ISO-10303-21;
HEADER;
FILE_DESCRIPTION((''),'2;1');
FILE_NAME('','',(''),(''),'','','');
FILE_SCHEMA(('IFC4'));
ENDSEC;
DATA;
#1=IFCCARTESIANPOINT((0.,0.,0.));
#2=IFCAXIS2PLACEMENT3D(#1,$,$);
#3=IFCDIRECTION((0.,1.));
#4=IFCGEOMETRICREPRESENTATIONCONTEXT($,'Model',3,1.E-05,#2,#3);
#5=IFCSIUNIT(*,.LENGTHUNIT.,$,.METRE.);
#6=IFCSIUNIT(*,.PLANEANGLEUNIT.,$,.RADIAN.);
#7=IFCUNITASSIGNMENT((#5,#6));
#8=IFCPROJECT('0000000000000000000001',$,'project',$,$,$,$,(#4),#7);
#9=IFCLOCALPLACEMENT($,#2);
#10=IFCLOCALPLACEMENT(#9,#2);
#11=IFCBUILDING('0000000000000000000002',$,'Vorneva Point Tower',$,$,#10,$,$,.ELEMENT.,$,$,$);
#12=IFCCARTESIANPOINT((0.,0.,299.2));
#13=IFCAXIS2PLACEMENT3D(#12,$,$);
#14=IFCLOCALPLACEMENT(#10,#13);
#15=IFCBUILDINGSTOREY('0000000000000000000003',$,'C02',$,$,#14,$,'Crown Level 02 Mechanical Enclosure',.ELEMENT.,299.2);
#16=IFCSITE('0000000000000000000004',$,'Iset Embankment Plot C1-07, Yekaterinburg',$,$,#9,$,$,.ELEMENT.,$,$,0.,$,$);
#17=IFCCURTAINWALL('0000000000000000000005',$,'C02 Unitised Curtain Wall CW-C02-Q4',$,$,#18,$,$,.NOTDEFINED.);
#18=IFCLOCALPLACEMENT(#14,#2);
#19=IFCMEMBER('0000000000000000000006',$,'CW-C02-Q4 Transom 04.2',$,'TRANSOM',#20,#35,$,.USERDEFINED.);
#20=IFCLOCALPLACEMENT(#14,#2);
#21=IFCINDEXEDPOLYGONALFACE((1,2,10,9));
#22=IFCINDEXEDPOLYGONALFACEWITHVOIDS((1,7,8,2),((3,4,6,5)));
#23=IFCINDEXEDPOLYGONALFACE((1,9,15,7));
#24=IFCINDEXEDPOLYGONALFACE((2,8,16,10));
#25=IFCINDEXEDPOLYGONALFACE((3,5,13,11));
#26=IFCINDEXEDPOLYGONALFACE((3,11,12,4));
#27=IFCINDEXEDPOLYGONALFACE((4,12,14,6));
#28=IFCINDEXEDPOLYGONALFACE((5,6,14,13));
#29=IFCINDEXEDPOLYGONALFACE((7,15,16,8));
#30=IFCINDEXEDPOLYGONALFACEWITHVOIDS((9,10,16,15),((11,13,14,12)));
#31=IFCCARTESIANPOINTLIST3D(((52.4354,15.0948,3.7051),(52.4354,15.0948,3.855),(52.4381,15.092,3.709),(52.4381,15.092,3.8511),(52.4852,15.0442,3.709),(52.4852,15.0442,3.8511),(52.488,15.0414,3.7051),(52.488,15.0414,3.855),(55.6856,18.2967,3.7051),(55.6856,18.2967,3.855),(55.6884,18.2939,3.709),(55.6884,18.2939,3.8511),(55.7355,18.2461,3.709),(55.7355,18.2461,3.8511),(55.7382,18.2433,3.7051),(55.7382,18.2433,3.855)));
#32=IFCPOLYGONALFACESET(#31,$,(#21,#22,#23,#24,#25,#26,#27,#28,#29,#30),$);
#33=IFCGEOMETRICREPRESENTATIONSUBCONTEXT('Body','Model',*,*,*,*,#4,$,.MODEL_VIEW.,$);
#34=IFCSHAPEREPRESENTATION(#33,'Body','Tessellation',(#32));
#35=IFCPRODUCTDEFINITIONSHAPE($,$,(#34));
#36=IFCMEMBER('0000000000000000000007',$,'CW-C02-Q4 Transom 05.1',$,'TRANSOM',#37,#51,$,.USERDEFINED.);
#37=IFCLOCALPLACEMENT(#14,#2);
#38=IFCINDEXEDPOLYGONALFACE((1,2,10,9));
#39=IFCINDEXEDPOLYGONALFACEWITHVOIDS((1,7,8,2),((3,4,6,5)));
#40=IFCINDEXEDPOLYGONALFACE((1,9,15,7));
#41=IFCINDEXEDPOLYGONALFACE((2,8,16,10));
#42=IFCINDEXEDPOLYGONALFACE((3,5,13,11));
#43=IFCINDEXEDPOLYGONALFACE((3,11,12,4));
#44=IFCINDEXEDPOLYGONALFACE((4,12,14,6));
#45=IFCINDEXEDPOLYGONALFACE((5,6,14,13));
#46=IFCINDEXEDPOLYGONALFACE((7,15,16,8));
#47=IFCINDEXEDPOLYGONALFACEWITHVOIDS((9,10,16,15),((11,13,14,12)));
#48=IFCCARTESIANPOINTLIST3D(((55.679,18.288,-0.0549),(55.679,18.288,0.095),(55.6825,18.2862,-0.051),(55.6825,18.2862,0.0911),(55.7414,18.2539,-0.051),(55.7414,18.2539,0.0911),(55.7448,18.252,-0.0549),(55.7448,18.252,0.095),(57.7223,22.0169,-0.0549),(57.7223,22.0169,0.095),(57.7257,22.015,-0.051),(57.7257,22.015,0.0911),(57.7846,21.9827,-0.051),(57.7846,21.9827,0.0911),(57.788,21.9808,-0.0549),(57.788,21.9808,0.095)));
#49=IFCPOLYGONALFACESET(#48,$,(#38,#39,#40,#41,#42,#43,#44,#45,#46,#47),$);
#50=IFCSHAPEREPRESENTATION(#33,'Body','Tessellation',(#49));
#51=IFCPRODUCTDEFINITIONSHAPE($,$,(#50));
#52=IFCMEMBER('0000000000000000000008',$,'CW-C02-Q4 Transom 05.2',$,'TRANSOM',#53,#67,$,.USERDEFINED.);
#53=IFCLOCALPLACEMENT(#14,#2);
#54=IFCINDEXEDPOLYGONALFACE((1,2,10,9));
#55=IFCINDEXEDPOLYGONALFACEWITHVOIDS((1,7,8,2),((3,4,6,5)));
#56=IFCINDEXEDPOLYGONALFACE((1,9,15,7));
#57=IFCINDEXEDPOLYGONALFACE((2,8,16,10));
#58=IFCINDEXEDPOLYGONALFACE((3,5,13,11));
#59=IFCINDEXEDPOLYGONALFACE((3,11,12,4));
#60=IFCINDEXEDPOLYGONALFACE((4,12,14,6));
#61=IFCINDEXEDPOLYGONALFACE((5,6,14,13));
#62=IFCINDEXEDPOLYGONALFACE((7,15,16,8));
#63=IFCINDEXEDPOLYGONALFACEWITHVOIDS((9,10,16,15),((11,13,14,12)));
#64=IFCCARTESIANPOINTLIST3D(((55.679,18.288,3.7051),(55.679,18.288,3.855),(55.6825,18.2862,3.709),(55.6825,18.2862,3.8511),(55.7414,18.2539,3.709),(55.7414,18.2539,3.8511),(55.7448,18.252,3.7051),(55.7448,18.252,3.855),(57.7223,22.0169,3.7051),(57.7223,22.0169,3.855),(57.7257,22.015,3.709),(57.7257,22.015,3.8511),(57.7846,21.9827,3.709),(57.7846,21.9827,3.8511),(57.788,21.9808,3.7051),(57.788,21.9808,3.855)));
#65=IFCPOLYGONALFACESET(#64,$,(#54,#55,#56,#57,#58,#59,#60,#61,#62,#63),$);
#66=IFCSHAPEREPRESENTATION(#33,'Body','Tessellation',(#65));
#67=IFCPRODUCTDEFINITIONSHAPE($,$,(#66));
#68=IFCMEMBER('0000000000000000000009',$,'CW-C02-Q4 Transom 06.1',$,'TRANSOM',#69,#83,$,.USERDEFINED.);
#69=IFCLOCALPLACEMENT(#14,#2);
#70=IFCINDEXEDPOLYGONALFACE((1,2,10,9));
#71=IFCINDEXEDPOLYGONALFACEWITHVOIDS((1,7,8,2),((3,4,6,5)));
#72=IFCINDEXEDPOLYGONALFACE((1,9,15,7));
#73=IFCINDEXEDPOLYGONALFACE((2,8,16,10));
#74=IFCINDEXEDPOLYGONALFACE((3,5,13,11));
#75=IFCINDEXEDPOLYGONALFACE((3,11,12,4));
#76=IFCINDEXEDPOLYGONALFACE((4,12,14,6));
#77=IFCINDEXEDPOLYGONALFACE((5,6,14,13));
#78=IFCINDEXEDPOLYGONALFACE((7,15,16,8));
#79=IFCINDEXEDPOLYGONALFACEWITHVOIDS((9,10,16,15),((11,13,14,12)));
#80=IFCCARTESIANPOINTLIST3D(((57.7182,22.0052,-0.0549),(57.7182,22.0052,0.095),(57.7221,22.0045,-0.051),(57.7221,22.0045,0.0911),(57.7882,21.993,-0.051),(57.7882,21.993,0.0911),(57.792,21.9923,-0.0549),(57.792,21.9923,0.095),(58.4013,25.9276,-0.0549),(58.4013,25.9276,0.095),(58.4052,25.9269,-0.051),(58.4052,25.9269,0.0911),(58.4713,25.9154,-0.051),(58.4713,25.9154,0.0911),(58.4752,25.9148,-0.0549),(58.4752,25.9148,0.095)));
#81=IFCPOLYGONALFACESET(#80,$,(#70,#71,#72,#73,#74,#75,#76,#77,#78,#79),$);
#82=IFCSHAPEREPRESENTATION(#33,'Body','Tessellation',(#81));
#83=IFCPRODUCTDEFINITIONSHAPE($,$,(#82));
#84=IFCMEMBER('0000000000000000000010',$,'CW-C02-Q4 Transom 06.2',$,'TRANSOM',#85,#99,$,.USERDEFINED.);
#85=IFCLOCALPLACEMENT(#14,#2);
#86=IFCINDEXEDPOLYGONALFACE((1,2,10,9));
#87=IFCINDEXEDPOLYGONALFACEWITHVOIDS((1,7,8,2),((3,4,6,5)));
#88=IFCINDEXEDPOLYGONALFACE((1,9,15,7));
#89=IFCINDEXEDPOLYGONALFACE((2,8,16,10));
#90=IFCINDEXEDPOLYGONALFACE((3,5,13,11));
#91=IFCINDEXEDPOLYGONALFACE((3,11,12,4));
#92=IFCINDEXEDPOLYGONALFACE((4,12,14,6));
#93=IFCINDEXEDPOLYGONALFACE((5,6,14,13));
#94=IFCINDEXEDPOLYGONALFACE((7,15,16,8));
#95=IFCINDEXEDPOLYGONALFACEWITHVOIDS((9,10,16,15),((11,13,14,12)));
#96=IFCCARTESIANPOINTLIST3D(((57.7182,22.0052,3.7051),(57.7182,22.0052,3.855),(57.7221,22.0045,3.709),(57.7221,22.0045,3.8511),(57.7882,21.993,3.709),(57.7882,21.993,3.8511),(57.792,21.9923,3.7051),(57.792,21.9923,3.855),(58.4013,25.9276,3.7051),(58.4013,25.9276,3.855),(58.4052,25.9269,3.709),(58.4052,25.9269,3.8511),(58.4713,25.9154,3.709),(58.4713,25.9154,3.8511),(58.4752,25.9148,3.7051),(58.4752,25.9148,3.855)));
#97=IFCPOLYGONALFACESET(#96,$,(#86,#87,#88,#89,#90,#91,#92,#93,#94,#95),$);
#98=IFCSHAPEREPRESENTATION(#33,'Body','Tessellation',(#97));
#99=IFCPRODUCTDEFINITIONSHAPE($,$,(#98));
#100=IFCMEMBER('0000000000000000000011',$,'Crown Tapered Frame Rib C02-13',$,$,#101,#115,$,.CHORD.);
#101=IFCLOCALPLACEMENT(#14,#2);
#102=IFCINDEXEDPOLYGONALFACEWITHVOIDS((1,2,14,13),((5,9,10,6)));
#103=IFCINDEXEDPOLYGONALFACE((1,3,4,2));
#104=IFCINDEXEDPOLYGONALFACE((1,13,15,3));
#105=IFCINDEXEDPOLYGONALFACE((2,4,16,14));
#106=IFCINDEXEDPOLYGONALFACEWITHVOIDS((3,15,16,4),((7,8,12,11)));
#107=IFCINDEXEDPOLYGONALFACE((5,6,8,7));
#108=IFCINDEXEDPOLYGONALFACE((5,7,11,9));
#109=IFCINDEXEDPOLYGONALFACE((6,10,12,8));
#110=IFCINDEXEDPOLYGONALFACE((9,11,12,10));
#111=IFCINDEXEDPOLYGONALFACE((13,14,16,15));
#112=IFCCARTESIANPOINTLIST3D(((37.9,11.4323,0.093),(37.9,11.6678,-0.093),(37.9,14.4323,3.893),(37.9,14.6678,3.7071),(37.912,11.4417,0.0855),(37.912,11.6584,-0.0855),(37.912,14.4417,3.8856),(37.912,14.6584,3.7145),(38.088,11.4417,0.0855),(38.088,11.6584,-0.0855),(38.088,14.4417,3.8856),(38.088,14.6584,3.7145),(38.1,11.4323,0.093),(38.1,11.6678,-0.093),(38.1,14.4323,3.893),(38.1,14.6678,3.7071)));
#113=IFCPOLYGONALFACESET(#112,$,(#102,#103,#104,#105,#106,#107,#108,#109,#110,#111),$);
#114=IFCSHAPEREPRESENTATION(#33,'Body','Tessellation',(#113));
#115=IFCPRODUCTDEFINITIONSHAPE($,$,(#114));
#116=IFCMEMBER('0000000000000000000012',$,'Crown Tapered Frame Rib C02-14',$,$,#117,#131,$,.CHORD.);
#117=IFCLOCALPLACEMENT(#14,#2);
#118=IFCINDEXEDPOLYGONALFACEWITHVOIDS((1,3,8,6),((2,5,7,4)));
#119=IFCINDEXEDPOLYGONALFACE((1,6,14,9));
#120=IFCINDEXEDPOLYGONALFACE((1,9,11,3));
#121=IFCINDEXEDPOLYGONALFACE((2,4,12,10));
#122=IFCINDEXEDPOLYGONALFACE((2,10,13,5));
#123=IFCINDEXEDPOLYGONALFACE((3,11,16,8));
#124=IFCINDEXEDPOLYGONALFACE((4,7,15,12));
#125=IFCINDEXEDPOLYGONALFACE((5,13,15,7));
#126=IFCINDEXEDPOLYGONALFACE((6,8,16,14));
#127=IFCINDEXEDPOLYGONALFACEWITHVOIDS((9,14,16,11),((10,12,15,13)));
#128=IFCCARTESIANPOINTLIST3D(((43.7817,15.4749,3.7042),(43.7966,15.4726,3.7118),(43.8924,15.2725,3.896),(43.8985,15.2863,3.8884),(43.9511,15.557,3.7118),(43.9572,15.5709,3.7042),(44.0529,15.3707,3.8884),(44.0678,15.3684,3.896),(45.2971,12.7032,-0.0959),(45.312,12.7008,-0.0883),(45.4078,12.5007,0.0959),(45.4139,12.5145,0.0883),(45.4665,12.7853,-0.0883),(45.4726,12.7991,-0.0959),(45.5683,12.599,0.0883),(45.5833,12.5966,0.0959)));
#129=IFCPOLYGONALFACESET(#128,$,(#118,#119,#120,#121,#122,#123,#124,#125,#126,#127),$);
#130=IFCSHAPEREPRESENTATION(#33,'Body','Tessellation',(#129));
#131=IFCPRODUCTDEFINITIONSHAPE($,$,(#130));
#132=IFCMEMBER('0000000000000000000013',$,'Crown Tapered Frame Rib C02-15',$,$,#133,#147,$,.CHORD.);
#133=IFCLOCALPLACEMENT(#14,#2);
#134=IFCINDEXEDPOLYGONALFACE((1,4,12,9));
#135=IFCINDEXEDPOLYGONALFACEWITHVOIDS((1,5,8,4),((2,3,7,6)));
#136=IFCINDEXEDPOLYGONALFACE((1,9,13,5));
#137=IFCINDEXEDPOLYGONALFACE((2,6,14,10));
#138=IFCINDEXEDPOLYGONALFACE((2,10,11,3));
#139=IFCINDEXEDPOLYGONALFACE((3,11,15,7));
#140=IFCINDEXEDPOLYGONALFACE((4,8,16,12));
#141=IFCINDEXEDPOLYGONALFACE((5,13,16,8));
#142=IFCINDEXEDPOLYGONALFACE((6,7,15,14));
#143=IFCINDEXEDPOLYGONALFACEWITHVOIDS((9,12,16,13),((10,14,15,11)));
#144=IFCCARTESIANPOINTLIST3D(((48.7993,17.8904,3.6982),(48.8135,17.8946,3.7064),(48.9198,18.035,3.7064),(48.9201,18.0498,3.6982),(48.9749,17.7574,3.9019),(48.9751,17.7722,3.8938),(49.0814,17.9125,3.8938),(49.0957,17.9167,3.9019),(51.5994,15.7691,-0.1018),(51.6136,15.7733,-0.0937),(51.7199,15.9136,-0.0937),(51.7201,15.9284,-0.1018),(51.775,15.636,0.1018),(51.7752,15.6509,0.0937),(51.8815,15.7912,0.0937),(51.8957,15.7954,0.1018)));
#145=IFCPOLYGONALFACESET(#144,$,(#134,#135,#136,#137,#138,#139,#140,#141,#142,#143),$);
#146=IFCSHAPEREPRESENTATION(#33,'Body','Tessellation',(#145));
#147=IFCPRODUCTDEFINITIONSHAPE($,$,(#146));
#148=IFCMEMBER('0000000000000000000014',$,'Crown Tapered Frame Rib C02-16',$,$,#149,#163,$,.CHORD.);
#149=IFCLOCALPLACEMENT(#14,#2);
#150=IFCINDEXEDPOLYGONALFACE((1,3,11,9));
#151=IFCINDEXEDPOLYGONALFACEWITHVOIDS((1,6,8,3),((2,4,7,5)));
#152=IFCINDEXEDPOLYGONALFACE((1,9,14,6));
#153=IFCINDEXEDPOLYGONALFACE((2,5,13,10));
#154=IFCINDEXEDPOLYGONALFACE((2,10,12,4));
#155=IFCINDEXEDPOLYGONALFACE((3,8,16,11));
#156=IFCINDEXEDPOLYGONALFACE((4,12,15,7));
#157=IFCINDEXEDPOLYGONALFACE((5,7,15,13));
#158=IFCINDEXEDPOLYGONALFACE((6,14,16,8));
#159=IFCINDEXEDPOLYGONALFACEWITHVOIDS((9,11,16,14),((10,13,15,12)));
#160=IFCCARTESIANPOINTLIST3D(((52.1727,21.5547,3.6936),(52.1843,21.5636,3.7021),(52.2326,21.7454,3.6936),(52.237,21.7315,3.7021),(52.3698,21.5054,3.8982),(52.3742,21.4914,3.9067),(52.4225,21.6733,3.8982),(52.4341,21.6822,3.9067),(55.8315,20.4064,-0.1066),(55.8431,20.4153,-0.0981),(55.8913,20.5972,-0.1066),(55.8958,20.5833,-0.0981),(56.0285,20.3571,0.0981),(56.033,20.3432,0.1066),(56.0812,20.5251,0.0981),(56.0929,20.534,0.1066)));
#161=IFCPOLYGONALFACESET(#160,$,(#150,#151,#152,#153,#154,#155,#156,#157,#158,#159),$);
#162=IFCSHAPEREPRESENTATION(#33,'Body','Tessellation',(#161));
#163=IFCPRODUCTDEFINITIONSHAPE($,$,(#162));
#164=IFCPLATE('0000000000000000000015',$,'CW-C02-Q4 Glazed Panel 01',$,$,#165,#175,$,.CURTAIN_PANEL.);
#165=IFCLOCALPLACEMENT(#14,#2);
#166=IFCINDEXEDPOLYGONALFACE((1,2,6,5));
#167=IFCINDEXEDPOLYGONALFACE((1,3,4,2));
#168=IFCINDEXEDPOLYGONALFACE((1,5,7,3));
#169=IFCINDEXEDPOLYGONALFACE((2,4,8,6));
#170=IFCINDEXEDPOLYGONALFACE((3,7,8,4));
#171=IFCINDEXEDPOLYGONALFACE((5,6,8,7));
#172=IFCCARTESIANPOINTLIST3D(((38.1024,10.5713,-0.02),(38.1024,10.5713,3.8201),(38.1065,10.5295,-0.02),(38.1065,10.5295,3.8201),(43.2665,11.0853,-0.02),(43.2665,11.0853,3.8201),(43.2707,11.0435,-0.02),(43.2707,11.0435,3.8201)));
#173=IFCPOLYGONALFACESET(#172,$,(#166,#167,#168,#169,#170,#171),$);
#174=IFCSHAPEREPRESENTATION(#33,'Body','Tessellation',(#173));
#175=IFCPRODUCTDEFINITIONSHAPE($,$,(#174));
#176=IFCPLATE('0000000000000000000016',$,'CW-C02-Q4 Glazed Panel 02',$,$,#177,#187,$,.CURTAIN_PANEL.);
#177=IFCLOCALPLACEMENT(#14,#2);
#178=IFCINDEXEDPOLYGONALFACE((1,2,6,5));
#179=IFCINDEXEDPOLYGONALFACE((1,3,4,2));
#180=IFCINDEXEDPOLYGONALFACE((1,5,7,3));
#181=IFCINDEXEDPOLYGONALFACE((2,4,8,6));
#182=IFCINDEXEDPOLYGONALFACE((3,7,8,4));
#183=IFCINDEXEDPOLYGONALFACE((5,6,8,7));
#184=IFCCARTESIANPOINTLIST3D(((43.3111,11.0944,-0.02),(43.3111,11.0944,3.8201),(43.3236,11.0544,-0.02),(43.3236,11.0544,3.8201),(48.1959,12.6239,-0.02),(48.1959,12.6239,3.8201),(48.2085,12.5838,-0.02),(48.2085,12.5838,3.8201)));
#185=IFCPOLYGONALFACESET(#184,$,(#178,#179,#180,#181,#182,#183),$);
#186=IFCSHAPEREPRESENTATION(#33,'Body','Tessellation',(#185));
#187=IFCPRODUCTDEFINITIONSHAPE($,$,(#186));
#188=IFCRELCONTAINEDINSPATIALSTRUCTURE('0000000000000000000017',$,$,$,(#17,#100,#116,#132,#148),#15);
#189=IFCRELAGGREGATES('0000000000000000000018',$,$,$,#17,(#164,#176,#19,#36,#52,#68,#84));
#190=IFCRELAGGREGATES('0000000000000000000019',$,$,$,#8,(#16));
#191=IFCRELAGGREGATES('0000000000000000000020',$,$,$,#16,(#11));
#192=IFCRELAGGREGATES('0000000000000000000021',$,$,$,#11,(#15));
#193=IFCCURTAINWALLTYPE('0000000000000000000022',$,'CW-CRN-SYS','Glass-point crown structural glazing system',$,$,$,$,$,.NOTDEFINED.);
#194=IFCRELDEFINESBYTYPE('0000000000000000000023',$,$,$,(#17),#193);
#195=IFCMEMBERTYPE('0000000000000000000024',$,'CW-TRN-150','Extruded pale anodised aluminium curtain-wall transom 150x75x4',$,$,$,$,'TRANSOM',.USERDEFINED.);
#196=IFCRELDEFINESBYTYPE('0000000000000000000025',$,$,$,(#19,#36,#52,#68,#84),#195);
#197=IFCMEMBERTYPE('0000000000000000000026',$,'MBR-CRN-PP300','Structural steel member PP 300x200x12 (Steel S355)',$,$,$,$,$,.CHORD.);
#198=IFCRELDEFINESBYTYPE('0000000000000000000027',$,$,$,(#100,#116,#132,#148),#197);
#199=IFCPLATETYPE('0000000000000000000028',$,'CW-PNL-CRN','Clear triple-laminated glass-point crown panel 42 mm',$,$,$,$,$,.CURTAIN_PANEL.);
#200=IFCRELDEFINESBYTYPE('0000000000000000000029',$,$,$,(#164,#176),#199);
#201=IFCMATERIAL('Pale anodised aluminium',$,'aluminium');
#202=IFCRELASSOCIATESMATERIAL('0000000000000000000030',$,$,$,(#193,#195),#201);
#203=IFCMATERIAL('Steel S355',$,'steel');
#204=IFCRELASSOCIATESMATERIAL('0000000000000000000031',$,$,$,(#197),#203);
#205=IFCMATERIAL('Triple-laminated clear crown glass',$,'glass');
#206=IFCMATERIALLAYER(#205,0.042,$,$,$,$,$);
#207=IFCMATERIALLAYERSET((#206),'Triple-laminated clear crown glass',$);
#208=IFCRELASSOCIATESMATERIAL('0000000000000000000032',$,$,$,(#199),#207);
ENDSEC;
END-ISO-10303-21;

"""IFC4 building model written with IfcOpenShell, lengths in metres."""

from ifc_helpers import new_model, si_unit, direction, frame, origin, origin_2d, place, context, subcontext, project, spatial, rectangle, hollow_rectangle, extrude, material, layer, layer_set, material_profile, profile_set, type_object, element, aggregate, save


model = new_model("IFC4")

# Units and contexts
model_context = context("Model", 3, precision=1e-05, world=origin(), true_north=direction((0.0, 1.0)))
body_context = subcontext(model_context, "Body", "Model", "MODEL_VIEW")
ifc_project = project(units=[si_unit("LENGTHUNIT", "METRE"), si_unit("PLANEANGLEUNIT", "RADIAN")], contexts=[model_context])

# Site, building, storey
site_placement = place(None, origin())
site = spatial("IfcSite", under=ifc_project, at=site_placement, Name="Iset Embankment Plot C1-07, Yekaterinburg", CompositionType="ELEMENT", RefElevation=0.0)
building_placement = place(site_placement, origin())
building = spatial("IfcBuilding", under=site, at=building_placement, Name="Vorneva Point Tower", CompositionType="ELEMENT")
storey_placement = place(building_placement, frame((0.0, 0.0, 299.2)))
storey = spatial("IfcBuildingStorey", under=building, at=storey_placement, Name="C02", LongName="Crown Level 02 Mechanical Enclosure", CompositionType="ELEMENT", Elevation=299.2)

# Shared definitions
ifc_material_1 = material(Name="Steel S355", Category="steel")

# Curtain wall, members
ifc_material_2 = material(Name="Pale anodised aluminium", Category="aluminium")
curtain_wall_type = type_object("IfcCurtainWallType", Name="CW-CRN-SYS", Description="Glass-point crown structural glazing system", PredefinedType="NOTDEFINED", material=ifc_material_2)
curtain_wall_placement = place(storey_placement, origin())
curtain_wall = element("IfcCurtainWall", 1, at=curtain_wall_placement, inside=storey, type_object=curtain_wall_type, Name="C02 Unitised Curtain Wall CW-C02-Q4", PredefinedType="NOTDEFINED")
ifc_material_profile_1 = material_profile(ifc_material_2, hollow_rectangle(XDim=0.075, YDim=0.1499, WallThickness=0.0039, at=origin_2d()), Name="AL-TRN 150x75x4")
ifc_profile_set_1 = profile_set([ifc_material_profile_1], Name="Pale anodised aluminium")
member_type_1 = type_object("IfcMemberType", Name="CW-TRN-150", Description="Extruded pale anodised aluminium curtain-wall transom 150x75x4", ElementType="TRANSOM", PredefinedType="USERDEFINED", material=ifc_profile_set_1)
member_1_placement = place(storey_placement, frame((52.4617, 15.0681, 3.78), z_axis=(0.712384, 0.701789, 0.0), x_axis=(-0.701789, 0.712384, 0.0)))
member_1 = element("IfcMember", 2, at=member_1_placement, type_object=member_type_1, Name="CW-C02-Q4 Transom 04.2", ObjectType="TRANSOM", PredefinedType="USERDEFINED", context=body_context, shape_type="SweptSolid", body=[
    extrude(hollow_rectangle(XDim=0.075, YDim=0.1499, WallThickness=0.0039, at=origin_2d()), origin(), (0.0, 0.0, 1.0), 4.5625),
])
member_2_placement = place(storey_placement, frame((55.7119, 18.27, 0.02), z_axis=(0.480545, 0.87697, 0.0), x_axis=(-0.87697, 0.480545, 0.0)))
member_2 = element("IfcMember", 3, at=member_2_placement, type_object=member_type_1, Name="CW-C02-Q4 Transom 05.1", ObjectType="TRANSOM", PredefinedType="USERDEFINED", context=body_context, shape_type="SweptSolid", body=[
    extrude(hollow_rectangle(XDim=0.075, YDim=0.1499, WallThickness=0.0039, at=origin_2d()), origin(), (0.0, 0.0, 1.0), 4.252),
])
member_3_placement = place(storey_placement, frame((55.7119, 18.27, 3.78), z_axis=(0.480545, 0.87697, 0.0), x_axis=(-0.87697, 0.480545, 0.0)))
member_3 = element("IfcMember", 4, at=member_3_placement, type_object=member_type_1, Name="CW-C02-Q4 Transom 05.2", ObjectType="TRANSOM", PredefinedType="USERDEFINED", context=body_context, shape_type="SweptSolid", body=[
    extrude(hollow_rectangle(XDim=0.075, YDim=0.1499, WallThickness=0.0039, at=origin_2d()), origin(), (0.0, 0.0, 1.0), 4.252),
])
member_4_placement = place(storey_placement, frame((57.7551, 21.9988, 0.02), z_axis=(0.171574, 0.985171, 0.0), x_axis=(-0.985171, 0.171574, 0.0)))
member_4 = element("IfcMember", 5, at=member_4_placement, type_object=member_type_1, Name="CW-C02-Q4 Transom 06.1", ObjectType="TRANSOM", PredefinedType="USERDEFINED", context=body_context, shape_type="SweptSolid", body=[
    extrude(hollow_rectangle(XDim=0.075, YDim=0.1499, WallThickness=0.0039, at=origin_2d()), origin(), (0.0, 0.0, 1.0), 3.9814),
])
member_5_placement = place(storey_placement, frame((57.7551, 21.9988, 3.78), z_axis=(0.171574, 0.985171, 0.0), x_axis=(-0.985171, 0.171574, 0.0)))
member_5 = element("IfcMember", 6, at=member_5_placement, type_object=member_type_1, Name="CW-C02-Q4 Transom 06.2", ObjectType="TRANSOM", PredefinedType="USERDEFINED", context=body_context, shape_type="SweptSolid", body=[
    extrude(hollow_rectangle(XDim=0.075, YDim=0.1499, WallThickness=0.0039, at=origin_2d()), origin(), (0.0, 0.0, 1.0), 3.9814),
])

# Members
ifc_material_profile_2 = material_profile(ifc_material_1, hollow_rectangle(XDim=0.2, YDim=0.3, WallThickness=0.012, at=origin_2d()), Name="PP 300x200x12")
ifc_profile_set_2 = profile_set([ifc_material_profile_2], Name="Steel S355")
member_type_2 = type_object("IfcMemberType", Name="MBR-CRN-PP300", Description="Structural steel member PP 300x200x12 (Steel S355)", PredefinedType="CHORD", material=ifc_profile_set_2)
member_6_placement = place(storey_placement, frame((38.0, 11.55, 0.0), z_axis=(0.0, 0.619639, 0.784887), x_axis=(-1.0, 0.0, 0.0)))
element("IfcMember", 7, at=member_6_placement, inside=storey, type_object=member_type_2, Name="Crown Tapered Frame Rib C02-13", PredefinedType="CHORD", context=body_context, shape_type="SweptSolid", body=[
    extrude(hollow_rectangle(XDim=0.2, YDim=0.3, WallThickness=0.012, at=origin_2d()), origin(), (0.0, 0.0, 1.0), 4.8416),
])
member_7_placement = place(storey_placement, frame((45.4402, 12.6499, 0.0), z_axis=(-0.306659, 0.560899, 0.768994), x_axis=(-0.877426, -0.479713, 0.0)))
element("IfcMember", 8, at=member_7_placement, inside=storey, type_object=member_type_2, Name="Crown Tapered Frame Rib C02-14", PredefinedType="CHORD", context=body_context, shape_type="SweptSolid", body=[
    extrude(hollow_rectangle(XDim=0.2, YDim=0.3, WallThickness=0.012, at=origin_2d()), origin(), (0.0, 0.0, 1.0), 4.9417),
])
member_8_placement = place(storey_placement, frame((51.7476, 15.7822, 0.0), z_axis=(-0.541071, 0.40992, 0.734308), x_axis=(-0.603874, -0.79708, 0.0)))
element("IfcMember", 9, at=member_8_placement, inside=storey, type_object=member_type_2, Name="Crown Tapered Frame Rib C02-15", PredefinedType="CHORD", context=body_context, shape_type="SweptSolid", body=[
    extrude(hollow_rectangle(XDim=0.2, YDim=0.3, WallThickness=0.012, at=origin_2d()), origin(), (0.0, 0.0, 1.0), 5.175),
])
member_9_placement = place(storey_placement, frame((55.9622, 20.4702, 0.0), z_axis=(-0.677713, 0.212684, 0.703897), x_axis=(-0.299428, -0.954119, 0.0)))
element("IfcMember", 10, at=member_9_placement, inside=storey, type_object=member_type_2, Name="Crown Tapered Frame Rib C02-16", PredefinedType="CHORD", context=body_context, shape_type="SweptSolid", body=[
    extrude(hollow_rectangle(XDim=0.2, YDim=0.3, WallThickness=0.012, at=origin_2d()), origin(), (0.0, 0.0, 1.0), 5.3987),
])

# Plates
ifc_material_3 = material(Name="Triple-laminated clear crown glass", Category="glass")
ifc_layer = layer(ifc_material_3, 0.042)
ifc_layer_set = layer_set([ifc_layer], Name="Triple-laminated clear crown glass")
plate_type = type_object("IfcPlateType", Name="CW-PNL-CRN", Description="Clear triple-laminated glass-point crown panel 42 mm", PredefinedType="CURTAIN_PANEL", material=ifc_layer_set)
plate_1_placement = place(storey_placement, frame((40.6865, 10.8074, -0.02), z_axis=(0.0, 0.0, 1.0), x_axis=(0.995083, 0.099042, 0.0)))
plate_1 = element("IfcPlate", 11, at=plate_1_placement, type_object=plate_type, Name="CW-C02-Q4 Glazed Panel 01", PredefinedType="CURTAIN_PANEL", context=body_context, shape_type="SweptSolid", body=[
    extrude(rectangle(XDim=5.1897, YDim=0.042, at=origin_2d()), origin(), (0.0, 0.0, 1.0), 3.8401),
])
plate_2_placement = place(storey_placement, frame((45.7598, 11.8391, -0.02), z_axis=(0.0, 0.0, 1.0), x_axis=(0.954319, 0.298791, 0.0)))
plate_2 = element("IfcPlate", 12, at=plate_2_placement, type_object=plate_type, Name="CW-C02-Q4 Glazed Panel 02", PredefinedType="CURTAIN_PANEL", context=body_context, shape_type="SweptSolid", body=[
    extrude(rectangle(XDim=5.1187, YDim=0.042, at=origin_2d()), origin(), (0.0, 0.0, 1.0), 3.8401),
])
aggregate(curtain_wall, [plate_1, plate_2, member_1, member_2, member_3, member_4, member_5])

save(model, "model.ifc")
